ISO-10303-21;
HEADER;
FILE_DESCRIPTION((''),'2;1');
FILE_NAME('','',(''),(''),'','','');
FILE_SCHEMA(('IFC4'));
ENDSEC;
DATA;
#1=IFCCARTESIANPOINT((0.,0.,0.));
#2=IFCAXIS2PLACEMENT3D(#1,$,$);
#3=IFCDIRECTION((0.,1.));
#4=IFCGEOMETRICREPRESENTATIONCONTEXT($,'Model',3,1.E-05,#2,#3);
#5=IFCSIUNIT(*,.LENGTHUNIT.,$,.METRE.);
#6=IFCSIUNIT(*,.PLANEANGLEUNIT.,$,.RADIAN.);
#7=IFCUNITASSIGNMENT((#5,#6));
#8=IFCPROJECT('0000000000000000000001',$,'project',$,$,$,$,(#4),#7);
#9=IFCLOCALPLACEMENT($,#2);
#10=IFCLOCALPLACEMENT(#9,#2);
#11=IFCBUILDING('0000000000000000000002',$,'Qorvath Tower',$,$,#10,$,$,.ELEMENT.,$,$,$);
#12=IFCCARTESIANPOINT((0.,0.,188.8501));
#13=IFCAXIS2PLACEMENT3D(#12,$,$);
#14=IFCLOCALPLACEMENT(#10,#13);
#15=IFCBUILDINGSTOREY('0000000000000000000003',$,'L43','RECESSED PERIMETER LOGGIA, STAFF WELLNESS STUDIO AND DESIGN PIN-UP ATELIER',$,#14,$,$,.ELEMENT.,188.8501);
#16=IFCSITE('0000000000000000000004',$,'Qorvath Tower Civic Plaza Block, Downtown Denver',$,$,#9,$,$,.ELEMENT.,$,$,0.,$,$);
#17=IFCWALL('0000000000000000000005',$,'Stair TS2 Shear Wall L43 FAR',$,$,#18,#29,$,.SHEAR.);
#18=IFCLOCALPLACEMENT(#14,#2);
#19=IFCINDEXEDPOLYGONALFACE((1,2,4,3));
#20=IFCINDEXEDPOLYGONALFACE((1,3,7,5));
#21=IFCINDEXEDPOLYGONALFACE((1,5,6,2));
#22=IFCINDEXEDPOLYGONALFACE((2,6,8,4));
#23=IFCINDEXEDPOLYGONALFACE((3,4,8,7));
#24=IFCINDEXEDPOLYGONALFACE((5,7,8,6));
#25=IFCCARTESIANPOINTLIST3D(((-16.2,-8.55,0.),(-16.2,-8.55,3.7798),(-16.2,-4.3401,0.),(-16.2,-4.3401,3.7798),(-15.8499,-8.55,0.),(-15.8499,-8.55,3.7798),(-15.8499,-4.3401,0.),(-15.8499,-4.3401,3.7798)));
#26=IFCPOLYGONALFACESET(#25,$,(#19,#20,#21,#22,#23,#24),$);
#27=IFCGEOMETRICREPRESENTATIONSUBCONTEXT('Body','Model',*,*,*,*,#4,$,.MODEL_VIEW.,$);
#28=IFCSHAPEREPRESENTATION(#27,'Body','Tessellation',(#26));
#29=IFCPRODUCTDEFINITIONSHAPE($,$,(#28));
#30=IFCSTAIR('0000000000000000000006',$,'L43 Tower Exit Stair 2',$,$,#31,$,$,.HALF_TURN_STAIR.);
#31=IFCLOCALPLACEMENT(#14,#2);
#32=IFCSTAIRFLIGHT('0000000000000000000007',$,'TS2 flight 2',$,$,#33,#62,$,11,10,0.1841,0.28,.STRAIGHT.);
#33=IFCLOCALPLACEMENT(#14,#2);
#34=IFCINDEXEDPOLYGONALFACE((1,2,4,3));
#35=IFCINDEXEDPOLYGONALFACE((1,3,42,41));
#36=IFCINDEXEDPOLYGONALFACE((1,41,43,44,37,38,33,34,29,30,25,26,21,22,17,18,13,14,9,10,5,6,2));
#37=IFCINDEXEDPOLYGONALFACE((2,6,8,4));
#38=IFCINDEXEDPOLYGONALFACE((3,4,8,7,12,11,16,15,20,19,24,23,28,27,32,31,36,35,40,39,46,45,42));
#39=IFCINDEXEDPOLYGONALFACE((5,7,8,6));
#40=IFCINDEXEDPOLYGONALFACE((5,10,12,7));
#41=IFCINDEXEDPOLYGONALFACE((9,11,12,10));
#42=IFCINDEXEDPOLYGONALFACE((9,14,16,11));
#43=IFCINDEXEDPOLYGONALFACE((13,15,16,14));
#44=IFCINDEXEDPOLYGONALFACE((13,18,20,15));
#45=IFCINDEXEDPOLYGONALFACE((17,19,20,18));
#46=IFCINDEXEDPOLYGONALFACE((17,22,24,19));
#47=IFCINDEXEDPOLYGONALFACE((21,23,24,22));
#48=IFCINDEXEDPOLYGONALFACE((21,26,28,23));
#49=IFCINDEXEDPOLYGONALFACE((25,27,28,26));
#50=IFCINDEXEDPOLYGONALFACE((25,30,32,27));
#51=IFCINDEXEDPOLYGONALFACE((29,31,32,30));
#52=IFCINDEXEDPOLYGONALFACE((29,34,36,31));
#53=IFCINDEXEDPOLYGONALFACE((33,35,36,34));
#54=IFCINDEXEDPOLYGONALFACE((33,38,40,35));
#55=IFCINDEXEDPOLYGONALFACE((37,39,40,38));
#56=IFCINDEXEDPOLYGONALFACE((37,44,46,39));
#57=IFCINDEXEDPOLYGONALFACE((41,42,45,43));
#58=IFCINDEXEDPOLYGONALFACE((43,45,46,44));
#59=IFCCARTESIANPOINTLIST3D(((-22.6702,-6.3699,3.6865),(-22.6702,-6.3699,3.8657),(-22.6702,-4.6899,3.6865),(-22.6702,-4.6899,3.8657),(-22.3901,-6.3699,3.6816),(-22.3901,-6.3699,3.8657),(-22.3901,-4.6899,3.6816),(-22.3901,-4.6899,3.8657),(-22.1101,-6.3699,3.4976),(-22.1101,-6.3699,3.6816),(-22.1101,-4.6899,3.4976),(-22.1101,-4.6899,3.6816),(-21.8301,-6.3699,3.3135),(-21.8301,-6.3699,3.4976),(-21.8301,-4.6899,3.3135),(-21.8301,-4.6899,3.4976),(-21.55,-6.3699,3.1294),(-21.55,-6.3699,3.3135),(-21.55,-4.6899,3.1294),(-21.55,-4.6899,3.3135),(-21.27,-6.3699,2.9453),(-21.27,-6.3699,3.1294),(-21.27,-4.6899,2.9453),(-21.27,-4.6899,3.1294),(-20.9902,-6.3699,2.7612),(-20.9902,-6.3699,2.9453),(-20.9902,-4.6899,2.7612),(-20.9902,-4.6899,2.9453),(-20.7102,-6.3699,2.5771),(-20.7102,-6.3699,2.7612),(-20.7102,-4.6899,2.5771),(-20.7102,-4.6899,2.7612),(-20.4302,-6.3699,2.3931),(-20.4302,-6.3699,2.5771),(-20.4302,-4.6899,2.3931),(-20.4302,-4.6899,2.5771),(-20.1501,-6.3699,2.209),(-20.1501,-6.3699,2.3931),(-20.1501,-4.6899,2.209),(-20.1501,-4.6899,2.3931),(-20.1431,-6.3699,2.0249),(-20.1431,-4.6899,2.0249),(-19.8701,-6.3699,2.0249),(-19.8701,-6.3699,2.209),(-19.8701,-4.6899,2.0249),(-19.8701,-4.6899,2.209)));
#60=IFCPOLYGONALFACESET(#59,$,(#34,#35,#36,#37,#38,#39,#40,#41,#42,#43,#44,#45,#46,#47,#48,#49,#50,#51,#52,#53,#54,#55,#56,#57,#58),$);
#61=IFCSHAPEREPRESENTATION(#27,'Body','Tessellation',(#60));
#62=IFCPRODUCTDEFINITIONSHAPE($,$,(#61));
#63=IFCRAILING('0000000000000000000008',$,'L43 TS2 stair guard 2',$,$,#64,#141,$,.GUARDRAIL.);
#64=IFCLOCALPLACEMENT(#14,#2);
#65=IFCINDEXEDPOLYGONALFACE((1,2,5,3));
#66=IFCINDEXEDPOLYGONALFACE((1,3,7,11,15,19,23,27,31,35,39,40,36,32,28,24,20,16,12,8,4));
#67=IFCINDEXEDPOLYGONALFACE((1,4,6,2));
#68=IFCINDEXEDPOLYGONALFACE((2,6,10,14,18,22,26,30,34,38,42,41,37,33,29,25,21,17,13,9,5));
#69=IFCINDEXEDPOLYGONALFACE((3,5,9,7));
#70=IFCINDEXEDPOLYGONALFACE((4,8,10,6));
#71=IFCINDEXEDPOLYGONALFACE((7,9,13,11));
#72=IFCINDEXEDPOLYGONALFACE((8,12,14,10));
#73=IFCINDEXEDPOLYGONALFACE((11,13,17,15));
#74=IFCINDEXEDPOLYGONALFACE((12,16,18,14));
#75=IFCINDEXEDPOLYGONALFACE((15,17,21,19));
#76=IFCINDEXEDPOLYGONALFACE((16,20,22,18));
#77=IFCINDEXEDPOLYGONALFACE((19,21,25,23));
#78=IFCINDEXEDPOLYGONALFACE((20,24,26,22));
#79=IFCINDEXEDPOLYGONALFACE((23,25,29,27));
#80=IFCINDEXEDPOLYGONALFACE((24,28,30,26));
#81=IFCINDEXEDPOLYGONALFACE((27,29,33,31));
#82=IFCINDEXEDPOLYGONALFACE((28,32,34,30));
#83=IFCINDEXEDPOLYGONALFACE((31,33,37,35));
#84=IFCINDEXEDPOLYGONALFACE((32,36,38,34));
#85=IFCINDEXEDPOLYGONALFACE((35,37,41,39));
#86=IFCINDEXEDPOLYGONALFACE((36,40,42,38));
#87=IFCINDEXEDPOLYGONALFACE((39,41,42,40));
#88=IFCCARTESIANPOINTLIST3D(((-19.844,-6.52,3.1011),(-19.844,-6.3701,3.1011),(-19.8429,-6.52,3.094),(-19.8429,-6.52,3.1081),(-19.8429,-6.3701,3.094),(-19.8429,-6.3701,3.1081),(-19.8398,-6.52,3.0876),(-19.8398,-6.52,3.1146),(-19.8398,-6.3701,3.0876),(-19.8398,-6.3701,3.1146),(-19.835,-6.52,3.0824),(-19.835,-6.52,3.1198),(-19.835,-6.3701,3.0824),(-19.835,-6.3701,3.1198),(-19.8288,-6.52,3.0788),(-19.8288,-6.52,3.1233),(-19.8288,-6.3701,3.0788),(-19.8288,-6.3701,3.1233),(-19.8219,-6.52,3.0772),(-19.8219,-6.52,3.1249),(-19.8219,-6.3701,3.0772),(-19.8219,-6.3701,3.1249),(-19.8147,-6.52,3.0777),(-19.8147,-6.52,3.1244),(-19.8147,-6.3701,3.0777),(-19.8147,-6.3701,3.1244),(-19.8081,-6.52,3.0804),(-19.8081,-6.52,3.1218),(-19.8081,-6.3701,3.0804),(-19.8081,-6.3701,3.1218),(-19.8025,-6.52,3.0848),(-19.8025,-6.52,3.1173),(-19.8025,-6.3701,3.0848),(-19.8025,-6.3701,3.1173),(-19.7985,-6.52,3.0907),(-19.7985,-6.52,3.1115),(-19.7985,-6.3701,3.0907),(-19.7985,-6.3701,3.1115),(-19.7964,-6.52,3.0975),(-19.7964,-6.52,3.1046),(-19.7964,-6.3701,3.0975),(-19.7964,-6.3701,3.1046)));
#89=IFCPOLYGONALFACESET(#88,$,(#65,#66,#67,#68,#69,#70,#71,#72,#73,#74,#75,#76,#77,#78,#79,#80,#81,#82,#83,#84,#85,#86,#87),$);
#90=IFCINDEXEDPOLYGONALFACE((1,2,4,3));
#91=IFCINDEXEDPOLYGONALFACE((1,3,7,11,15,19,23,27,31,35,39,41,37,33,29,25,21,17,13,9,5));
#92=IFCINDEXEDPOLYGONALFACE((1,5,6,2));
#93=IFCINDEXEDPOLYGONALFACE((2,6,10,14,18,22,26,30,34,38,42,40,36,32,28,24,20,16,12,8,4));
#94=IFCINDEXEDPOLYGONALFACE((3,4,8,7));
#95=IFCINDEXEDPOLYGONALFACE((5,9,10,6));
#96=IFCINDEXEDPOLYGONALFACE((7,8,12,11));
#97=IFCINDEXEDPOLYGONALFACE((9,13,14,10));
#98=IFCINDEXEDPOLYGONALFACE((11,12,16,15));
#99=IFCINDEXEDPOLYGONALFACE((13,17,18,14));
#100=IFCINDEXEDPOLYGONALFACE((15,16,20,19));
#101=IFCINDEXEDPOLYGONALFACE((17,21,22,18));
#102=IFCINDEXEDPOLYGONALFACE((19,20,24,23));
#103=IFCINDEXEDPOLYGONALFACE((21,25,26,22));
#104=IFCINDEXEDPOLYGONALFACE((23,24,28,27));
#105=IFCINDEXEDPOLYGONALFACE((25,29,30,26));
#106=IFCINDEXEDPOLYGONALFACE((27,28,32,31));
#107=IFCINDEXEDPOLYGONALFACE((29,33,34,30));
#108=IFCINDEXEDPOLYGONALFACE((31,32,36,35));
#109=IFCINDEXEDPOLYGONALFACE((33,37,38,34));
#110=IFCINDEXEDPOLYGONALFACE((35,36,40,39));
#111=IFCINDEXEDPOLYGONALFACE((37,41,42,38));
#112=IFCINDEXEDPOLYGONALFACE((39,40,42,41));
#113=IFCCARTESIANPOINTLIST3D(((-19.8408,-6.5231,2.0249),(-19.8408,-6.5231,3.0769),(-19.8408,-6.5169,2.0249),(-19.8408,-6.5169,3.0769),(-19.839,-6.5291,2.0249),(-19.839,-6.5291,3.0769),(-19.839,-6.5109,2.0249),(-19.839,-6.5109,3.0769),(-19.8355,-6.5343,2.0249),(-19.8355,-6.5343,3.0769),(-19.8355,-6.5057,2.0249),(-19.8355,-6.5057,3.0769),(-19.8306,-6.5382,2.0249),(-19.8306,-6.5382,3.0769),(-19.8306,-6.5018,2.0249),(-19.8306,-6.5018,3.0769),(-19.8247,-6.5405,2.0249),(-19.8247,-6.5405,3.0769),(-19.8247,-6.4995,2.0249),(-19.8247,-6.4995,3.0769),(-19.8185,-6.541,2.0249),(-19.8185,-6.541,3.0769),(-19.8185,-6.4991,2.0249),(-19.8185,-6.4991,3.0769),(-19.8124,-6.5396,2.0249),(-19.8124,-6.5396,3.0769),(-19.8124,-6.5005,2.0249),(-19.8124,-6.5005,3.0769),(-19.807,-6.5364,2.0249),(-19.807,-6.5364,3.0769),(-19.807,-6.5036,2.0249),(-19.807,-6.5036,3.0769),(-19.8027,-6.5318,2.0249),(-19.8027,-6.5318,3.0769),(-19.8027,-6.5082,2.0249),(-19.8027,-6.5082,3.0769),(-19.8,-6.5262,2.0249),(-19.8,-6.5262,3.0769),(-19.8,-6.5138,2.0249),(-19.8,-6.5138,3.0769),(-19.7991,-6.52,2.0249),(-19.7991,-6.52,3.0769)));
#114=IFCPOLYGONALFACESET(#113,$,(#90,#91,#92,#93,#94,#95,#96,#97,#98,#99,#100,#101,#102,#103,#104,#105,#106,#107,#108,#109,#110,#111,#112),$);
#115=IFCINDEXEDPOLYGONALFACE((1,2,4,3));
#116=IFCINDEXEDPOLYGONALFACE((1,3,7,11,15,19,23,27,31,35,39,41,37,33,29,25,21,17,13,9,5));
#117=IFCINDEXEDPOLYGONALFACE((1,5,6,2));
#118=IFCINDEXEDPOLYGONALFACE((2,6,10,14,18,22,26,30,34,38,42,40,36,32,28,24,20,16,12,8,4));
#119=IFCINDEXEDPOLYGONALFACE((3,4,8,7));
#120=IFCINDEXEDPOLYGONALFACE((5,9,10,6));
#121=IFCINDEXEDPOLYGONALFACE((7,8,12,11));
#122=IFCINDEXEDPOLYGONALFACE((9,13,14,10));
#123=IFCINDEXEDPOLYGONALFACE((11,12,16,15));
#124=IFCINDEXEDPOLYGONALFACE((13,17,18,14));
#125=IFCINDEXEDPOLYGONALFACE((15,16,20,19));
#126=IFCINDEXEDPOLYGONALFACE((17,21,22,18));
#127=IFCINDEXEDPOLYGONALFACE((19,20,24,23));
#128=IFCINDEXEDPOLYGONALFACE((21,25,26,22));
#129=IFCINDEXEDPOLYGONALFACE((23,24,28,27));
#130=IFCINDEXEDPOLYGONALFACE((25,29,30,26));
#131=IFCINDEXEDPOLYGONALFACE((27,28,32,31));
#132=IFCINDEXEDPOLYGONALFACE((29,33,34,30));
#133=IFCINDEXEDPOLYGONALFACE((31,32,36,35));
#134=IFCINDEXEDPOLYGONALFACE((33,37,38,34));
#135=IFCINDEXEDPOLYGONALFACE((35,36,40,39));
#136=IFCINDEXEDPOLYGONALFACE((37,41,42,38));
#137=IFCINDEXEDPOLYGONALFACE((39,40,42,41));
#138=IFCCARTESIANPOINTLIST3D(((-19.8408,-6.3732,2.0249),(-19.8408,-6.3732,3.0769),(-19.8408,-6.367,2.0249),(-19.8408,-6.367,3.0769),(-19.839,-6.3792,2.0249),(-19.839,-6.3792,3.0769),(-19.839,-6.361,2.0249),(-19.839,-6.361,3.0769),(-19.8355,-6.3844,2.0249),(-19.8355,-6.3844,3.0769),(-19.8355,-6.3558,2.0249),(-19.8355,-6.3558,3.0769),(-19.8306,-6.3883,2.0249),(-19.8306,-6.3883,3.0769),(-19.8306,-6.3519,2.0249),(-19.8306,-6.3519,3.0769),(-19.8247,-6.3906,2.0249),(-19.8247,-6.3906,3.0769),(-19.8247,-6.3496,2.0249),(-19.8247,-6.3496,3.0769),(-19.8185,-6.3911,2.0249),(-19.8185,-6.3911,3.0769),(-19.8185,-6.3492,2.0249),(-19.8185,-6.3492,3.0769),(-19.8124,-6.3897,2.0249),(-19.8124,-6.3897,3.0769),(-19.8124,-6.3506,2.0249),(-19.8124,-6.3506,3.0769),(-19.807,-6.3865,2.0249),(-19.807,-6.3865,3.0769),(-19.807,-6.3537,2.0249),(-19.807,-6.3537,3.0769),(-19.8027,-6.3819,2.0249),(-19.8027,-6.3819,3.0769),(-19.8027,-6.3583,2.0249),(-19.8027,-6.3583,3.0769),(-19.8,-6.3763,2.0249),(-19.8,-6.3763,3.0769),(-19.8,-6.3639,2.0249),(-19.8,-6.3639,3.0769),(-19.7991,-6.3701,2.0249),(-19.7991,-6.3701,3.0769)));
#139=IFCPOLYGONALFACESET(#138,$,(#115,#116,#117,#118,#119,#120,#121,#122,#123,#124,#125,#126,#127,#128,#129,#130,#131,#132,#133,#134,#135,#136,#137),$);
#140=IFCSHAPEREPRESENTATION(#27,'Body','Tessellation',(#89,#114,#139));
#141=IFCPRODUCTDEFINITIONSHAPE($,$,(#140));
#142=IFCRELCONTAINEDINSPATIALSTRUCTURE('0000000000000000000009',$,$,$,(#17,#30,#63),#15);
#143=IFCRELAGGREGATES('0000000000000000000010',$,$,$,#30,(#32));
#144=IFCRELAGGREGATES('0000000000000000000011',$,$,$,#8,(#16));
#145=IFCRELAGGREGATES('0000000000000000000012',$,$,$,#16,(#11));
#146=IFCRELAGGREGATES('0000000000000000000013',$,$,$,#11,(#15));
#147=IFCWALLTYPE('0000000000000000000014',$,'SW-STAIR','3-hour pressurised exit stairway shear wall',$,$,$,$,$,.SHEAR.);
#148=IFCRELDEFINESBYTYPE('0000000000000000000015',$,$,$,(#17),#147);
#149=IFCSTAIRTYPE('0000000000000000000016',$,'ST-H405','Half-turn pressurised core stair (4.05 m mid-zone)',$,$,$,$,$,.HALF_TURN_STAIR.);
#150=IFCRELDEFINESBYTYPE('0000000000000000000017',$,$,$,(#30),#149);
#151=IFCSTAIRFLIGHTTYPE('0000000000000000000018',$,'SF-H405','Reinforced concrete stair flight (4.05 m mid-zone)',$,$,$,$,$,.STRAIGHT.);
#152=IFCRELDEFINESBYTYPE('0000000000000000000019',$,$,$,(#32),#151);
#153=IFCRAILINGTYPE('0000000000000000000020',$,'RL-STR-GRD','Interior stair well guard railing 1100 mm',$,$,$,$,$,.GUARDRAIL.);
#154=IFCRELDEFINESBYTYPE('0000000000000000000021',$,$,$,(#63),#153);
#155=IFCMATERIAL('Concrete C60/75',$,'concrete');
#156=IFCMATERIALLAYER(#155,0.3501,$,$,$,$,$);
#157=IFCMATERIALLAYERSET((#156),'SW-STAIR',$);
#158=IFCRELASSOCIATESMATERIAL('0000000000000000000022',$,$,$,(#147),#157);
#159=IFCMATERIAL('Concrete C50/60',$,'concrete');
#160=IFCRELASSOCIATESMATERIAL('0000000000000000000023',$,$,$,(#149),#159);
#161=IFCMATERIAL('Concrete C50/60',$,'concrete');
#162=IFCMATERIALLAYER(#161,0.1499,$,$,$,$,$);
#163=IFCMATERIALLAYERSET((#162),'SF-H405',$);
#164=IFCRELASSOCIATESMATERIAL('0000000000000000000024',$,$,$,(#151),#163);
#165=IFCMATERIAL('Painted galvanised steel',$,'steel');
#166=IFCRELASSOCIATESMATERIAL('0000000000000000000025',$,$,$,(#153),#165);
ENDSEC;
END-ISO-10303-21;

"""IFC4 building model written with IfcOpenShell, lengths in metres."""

from ifc_helpers import new_model, si_unit, direction, frame, frame_2d, origin, origin_2d, place, context, subcontext, project, spatial, polyline, rectangle, circle, outline, extrude, material, layer, layer_set, type_object, element, aggregate, save


model = new_model("IFC4")

# Units and contexts
model_context = context("Model", 3, precision=1e-05, world=origin(), true_north=direction((0.0, 1.0)))
body_context = subcontext(model_context, "Body", "Model", "MODEL_VIEW")
ifc_project = project(units=[si_unit("LENGTHUNIT", "METRE"), si_unit("PLANEANGLEUNIT", "RADIAN")], contexts=[model_context])

# Site, building, storey
site_placement = place(None, origin())
site = spatial("IfcSite", under=ifc_project, at=site_placement, Name="Qorvath Tower Civic Plaza Block, Downtown Denver", CompositionType="ELEMENT", RefElevation=0.0)
building_placement = place(site_placement, origin())
building = spatial("IfcBuilding", under=site, at=building_placement, Name="Qorvath Tower", CompositionType="ELEMENT")
storey_placement = place(building_placement, frame((0.0, 0.0, 188.8501)))
storey = spatial("IfcBuildingStorey", under=building, at=storey_placement, Name="L43", Description="RECESSED PERIMETER LOGGIA, STAFF WELLNESS STUDIO AND DESIGN PIN-UP ATELIER", CompositionType="ELEMENT", Elevation=188.8501)

# Wall
ifc_material_1 = material(Name="Concrete C60/75", Category="concrete")
ifc_layer_1 = layer(ifc_material_1, 0.3501)
ifc_layer_set_1 = layer_set([ifc_layer_1], Name="SW-STAIR")
wall_type_1 = type_object("IfcWallType", Name="SW-STAIR", Description="3-hour pressurised exit stairway shear wall", PredefinedType="SHEAR", material=ifc_layer_set_1)
wall_1_placement = place(storey_placement, frame((-16.0249, -8.55, 0.0), z_axis=(0.0, 0.0, 1.0), x_axis=(0.0, 1.0, 0.0)))
element("IfcWall", 1, at=wall_1_placement, inside=storey, type_object=wall_type_1, Name="Stair TS2 Shear Wall L43 FAR", PredefinedType="SHEAR", context=body_context, shape_type="SweptSolid", body=[
    extrude(rectangle(XDim=4.21, YDim=0.3501, at=frame_2d((2.105, 0.0))), origin(), (0.0, 0.0, 1.0), 3.7798),
])

# Stair, stair flight
ifc_material_2 = material(Name="Concrete C50/60", Category="concrete")
stair_type = type_object("IfcStairType", Name="ST-H405", Description="Half-turn pressurised core stair (4.05 m mid-zone)", PredefinedType="HALF_TURN_STAIR", material=ifc_material_2)
stair_placement = place(storey_placement, origin())
stair = element("IfcStair", 2, at=stair_placement, inside=storey, type_object=stair_type, Name="L43 Tower Exit Stair 2", PredefinedType="HALF_TURN_STAIR")
ifc_material_3 = material(Name="Concrete C50/60", Category="concrete")
ifc_layer_2 = layer(ifc_material_3, 0.1499)
ifc_layer_set_2 = layer_set([ifc_layer_2], Name="SF-H405")
stair_flight_type = type_object("IfcStairFlightType", Name="SF-H405", Description="Reinforced concrete stair flight (4.05 m mid-zone)", PredefinedType="STRAIGHT", material=ifc_layer_set_2)
stair_flight_placement = place(storey_placement, frame((-19.8701, -5.53, 2.0249), z_axis=(0.0, 0.0, 1.0), x_axis=(-1.0, 0.0, 0.0)))
stair_flight = element("IfcStairFlight", 3, at=stair_flight_placement, type_object=stair_flight_type, Name="TS2 flight 2", NumberOfRisers=11, NumberOfTreads=10, PredefinedType="STRAIGHT", RiserHeight=0.1841, TreadLength=0.28, context=body_context, shape_type="SweptSolid", body=[
    extrude(outline(polyline([(0.0, 0.0), (0.0, 0.1841), (0.28, 0.1841), (0.28, 0.3682), (0.5601, 0.3682), (0.5601, 0.5522), (0.8401, 0.5522), (0.8401, 0.7363), (1.1201, 0.7363), (1.1201, 0.9204), (1.3999, 0.9204), (1.3999, 1.1045), (1.6799, 1.1045), (1.6799, 1.2886), (1.96, 1.2886), (1.96, 1.4727), (2.24, 1.4727), (2.24, 1.6567), (2.52, 1.6567), (2.52, 1.8408), (2.8, 1.8408), (2.8, 2.0249), (2.8, 1.6616), (0.2729, 0.0), (0.0, 0.0)])), frame((0.0, 0.8398, 0.0), z_axis=(0.0, -1.0, 0.0), x_axis=(1.0, 0.0, 0.0)), (0.0, 0.0, 1.0), 1.6799),
])
aggregate(stair, [stair_flight])

# Railing
ifc_material_4 = material(Name="Painted galvanised steel", Category="steel")
railing_type_1 = type_object("IfcRailingType", Name="RL-STR-GRD", Description="Interior stair well guard railing 1100 mm", PredefinedType="GUARDRAIL", material=ifc_material_4)
railing_1_placement = place(storey_placement, frame((-19.8201, -6.52, 2.0249)))
element("IfcRailing", 4, at=railing_1_placement, inside=storey, type_object=railing_type_1, Name="L43 TS2 stair guard 2", PredefinedType="GUARDRAIL", context=body_context, shape_type="SweptSolid", body=[
    extrude(circle(Radius=0.0239, at=origin_2d()), frame((0.0, 0.0, 1.0762), z_axis=(0.0, 1.0, 0.0), x_axis=(-1.0, 0.0, 0.0)), (0.0, 0.0, 1.0), 0.1499),
    extrude(circle(Radius=0.021, at=origin_2d()), origin(), (0.0, 0.0, 1.0), 1.052),
    extrude(circle(Radius=0.021, at=origin_2d()), frame((0.0, 0.1499, 0.0)), (0.0, 0.0, 1.0), 1.052),
])

save(model, "model.ifc")
